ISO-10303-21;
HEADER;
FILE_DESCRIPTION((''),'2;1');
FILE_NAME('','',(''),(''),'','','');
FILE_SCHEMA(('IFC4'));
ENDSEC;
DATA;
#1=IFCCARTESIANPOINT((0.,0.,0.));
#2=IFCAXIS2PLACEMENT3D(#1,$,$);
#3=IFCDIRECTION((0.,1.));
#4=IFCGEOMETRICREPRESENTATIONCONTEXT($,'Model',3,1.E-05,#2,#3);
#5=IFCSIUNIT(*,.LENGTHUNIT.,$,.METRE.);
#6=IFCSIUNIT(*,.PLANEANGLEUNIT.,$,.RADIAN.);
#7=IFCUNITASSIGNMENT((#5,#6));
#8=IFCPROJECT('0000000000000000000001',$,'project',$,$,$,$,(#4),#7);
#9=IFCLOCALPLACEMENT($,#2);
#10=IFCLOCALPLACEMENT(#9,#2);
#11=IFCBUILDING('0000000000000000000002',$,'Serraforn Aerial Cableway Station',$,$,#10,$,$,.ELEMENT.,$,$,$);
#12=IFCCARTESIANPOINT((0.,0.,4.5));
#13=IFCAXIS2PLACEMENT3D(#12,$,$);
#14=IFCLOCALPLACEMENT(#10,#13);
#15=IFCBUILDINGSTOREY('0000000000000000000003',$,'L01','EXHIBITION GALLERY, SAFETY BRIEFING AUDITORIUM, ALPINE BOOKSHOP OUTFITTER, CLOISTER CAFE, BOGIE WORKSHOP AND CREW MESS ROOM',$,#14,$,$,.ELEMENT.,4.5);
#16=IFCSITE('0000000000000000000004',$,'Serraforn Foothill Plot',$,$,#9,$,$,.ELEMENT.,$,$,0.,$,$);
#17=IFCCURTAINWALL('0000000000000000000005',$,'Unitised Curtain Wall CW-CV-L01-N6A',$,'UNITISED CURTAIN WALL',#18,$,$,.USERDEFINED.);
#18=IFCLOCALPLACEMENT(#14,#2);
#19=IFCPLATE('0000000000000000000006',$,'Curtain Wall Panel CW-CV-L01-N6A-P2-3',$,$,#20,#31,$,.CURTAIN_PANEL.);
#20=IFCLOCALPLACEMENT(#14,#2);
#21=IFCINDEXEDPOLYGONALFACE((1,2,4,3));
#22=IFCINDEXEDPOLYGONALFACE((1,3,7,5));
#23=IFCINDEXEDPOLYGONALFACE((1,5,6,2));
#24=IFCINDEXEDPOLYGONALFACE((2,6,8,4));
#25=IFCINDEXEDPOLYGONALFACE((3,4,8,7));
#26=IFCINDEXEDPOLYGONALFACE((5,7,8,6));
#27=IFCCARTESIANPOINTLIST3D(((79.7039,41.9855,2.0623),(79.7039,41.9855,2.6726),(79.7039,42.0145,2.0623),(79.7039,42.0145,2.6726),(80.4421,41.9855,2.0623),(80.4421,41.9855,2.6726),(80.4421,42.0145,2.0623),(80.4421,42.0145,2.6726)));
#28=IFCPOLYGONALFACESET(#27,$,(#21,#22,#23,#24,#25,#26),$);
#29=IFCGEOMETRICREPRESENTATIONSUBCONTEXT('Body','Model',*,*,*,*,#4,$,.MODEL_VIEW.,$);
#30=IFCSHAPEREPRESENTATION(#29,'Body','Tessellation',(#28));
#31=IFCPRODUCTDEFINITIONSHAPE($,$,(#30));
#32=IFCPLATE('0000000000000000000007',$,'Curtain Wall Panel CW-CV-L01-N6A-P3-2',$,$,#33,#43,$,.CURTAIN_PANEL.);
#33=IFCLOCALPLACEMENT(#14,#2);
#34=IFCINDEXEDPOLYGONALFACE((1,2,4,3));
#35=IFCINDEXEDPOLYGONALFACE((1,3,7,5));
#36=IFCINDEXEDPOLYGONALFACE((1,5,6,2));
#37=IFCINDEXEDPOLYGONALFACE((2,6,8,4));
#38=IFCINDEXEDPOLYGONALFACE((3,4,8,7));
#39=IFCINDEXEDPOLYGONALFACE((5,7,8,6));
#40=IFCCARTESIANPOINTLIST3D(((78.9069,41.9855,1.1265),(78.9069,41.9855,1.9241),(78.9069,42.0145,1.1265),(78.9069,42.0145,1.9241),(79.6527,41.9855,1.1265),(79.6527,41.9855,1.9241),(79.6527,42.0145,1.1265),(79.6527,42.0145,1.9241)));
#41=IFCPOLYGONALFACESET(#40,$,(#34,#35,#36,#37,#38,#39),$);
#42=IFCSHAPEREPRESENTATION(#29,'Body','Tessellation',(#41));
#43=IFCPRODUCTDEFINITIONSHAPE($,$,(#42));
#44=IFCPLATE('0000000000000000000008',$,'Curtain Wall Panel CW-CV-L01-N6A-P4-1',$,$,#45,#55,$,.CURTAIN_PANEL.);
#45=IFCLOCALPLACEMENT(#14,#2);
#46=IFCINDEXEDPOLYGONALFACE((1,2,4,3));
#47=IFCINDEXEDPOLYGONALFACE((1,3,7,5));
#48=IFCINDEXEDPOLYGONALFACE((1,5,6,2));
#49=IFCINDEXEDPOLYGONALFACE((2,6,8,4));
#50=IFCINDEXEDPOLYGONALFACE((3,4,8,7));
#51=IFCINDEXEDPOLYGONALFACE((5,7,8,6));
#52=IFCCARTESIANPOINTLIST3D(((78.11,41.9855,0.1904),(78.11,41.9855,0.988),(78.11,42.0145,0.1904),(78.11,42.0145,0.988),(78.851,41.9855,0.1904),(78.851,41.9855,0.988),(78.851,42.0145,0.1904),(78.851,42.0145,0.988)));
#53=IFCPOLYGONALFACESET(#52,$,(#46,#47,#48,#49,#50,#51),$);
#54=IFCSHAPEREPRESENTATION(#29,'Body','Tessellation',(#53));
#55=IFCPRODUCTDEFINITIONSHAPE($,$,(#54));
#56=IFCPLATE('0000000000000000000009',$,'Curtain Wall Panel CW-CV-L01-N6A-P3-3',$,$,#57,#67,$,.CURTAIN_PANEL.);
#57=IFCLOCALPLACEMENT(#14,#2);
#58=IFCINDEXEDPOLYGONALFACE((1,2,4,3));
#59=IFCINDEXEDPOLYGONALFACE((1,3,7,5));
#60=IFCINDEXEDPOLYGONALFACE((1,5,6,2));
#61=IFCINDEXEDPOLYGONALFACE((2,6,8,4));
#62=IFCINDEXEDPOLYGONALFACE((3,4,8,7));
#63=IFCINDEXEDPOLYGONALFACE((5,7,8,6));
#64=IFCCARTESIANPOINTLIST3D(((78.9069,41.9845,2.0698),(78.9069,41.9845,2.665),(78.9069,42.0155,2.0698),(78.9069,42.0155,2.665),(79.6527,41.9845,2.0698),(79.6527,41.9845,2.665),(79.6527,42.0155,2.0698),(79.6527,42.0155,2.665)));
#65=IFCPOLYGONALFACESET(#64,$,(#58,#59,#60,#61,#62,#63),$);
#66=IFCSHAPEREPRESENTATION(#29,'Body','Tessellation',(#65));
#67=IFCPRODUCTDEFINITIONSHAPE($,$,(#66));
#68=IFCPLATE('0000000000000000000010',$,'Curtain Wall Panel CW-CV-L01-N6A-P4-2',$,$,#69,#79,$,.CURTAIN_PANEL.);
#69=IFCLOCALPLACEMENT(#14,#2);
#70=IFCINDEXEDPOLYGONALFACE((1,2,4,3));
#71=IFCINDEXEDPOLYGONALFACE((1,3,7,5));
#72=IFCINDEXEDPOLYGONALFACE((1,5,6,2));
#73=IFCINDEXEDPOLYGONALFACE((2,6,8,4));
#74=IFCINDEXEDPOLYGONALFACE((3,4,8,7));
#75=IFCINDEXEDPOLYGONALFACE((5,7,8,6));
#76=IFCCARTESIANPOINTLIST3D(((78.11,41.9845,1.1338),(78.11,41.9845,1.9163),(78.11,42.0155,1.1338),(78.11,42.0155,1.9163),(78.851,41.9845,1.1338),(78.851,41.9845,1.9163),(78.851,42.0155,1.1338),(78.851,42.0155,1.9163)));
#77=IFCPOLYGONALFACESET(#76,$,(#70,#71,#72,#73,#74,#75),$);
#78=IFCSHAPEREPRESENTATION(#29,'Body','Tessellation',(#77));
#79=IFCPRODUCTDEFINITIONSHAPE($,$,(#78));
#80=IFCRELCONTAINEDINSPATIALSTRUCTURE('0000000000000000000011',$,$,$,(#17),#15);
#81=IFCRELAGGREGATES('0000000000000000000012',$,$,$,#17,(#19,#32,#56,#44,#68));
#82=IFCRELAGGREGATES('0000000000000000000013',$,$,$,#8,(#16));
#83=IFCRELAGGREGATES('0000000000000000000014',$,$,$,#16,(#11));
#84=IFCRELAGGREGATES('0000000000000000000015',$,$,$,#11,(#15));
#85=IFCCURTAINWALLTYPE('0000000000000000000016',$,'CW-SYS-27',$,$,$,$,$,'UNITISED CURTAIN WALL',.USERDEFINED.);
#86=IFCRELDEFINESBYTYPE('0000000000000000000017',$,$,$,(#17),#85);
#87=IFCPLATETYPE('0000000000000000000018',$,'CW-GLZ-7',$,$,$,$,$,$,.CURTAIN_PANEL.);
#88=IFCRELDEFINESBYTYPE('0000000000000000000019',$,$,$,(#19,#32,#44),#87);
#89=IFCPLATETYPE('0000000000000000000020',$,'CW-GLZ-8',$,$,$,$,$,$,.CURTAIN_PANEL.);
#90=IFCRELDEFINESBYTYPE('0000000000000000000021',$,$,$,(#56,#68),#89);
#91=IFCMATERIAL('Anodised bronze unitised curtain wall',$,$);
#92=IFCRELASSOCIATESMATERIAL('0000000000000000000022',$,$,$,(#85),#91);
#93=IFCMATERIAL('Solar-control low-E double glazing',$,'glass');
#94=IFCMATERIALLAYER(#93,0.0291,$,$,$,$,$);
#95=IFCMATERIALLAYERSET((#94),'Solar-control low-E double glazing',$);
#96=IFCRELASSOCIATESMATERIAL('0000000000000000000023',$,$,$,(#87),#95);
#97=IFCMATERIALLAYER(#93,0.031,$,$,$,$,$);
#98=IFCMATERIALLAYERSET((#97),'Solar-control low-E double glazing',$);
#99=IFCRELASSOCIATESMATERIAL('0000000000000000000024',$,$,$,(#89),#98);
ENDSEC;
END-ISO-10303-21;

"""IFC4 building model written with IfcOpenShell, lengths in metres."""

from ifc_helpers import new_model, si_unit, direction, frame, origin, origin_2d, place, context, subcontext, project, spatial, rectangle, extrude, material, layer, layer_set, type_object, element, aggregate, save


model = new_model("IFC4")

# Units and contexts
model_context = context("Model", 3, precision=1e-05, world=origin(), true_north=direction((0.0, 1.0)))
body_context = subcontext(model_context, "Body", "Model", "MODEL_VIEW")
ifc_project = project(units=[si_unit("LENGTHUNIT", "METRE"), si_unit("PLANEANGLEUNIT", "RADIAN")], contexts=[model_context])

# Site, building, storey
site_placement = place(None, origin())
site = spatial("IfcSite", under=ifc_project, at=site_placement, Name="Serraforn Foothill Plot", CompositionType="ELEMENT", RefElevation=0.0)
building_placement = place(site_placement, origin())
building = spatial("IfcBuilding", under=site, at=building_placement, Name="Serraforn Aerial Cableway Station", CompositionType="ELEMENT")
storey_placement = place(building_placement, frame((0.0, 0.0, 4.5)))
storey = spatial("IfcBuildingStorey", under=building, at=storey_placement, Name="L01", Description="EXHIBITION GALLERY, SAFETY BRIEFING AUDITORIUM, ALPINE BOOKSHOP OUTFITTER, CLOISTER CAFE, BOGIE WORKSHOP AND CREW MESS ROOM", CompositionType="ELEMENT", Elevation=4.5)

# Curtain wall, plates
ifc_material_1 = material(Name="Anodised bronze unitised curtain wall")
curtain_wall_type = type_object("IfcCurtainWallType", Name="CW-SYS-27", ElementType="UNITISED CURTAIN WALL", PredefinedType="USERDEFINED", material=ifc_material_1)
curtain_wall_placement = place(storey_placement, origin())
curtain_wall = element("IfcCurtainWall", 1, at=curtain_wall_placement, inside=storey, type_object=curtain_wall_type, Name="Unitised Curtain Wall CW-CV-L01-N6A", ObjectType="UNITISED CURTAIN WALL", PredefinedType="USERDEFINED")
ifc_material_2 = material(Name="Solar-control low-E double glazing", Category="glass")
ifc_layer_1 = layer(ifc_material_2, 0.0291)
ifc_layer_set_1 = layer_set([ifc_layer_1], Name="Solar-control low-E double glazing")
plate_type_1 = type_object("IfcPlateType", Name="CW-GLZ-7", PredefinedType="CURTAIN_PANEL", material=ifc_layer_set_1)
plate_1_placement = place(storey_placement, frame((80.073, 42.0, 2.0623), z_axis=(0.0, 0.0, 1.0), x_axis=(1.0, 0.0, 0.0)))
plate_1 = element("IfcPlate", 2, at=plate_1_placement, type_object=plate_type_1, Name="Curtain Wall Panel CW-CV-L01-N6A-P2-3", PredefinedType="CURTAIN_PANEL", context=body_context, shape_type="SweptSolid", body=[
    extrude(rectangle(XDim=0.7383, YDim=0.0291, at=origin_2d()), origin(), (0.0, 0.0, 1.0), 0.6104),
])
plate_2_placement = place(storey_placement, frame((79.2798, 42.0, 1.1265), z_axis=(0.0, 0.0, 1.0), x_axis=(1.0, 0.0, 0.0)))
plate_2 = element("IfcPlate", 3, at=plate_2_placement, type_object=plate_type_1, Name="Curtain Wall Panel CW-CV-L01-N6A-P3-2", PredefinedType="CURTAIN_PANEL", context=body_context, shape_type="SweptSolid", body=[
    extrude(rectangle(XDim=0.7458, YDim=0.0291, at=origin_2d()), origin(), (0.0, 0.0, 1.0), 0.7976),
])
plate_3_placement = place(storey_placement, frame((78.4805, 42.0, 0.1904), z_axis=(0.0, 0.0, 1.0), x_axis=(1.0, 0.0, 0.0)))
plate_3 = element("IfcPlate", 4, at=plate_3_placement, type_object=plate_type_1, Name="Curtain Wall Panel CW-CV-L01-N6A-P4-1", PredefinedType="CURTAIN_PANEL", context=body_context, shape_type="SweptSolid", body=[
    extrude(rectangle(XDim=0.741, YDim=0.0291, at=origin_2d()), origin(), (0.0, 0.0, 1.0), 0.7976),
])
ifc_layer_2 = layer(ifc_material_2, 0.031)
ifc_layer_set_2 = layer_set([ifc_layer_2], Name="Solar-control low-E double glazing")
plate_type_2 = type_object("IfcPlateType", Name="CW-GLZ-8", PredefinedType="CURTAIN_PANEL", material=ifc_layer_set_2)
plate_4_placement = place(storey_placement, frame((79.2798, 42.0, 2.0698), z_axis=(0.0, 0.0, 1.0), x_axis=(1.0, 0.0, 0.0)))
plate_4 = element("IfcPlate", 5, at=plate_4_placement, type_object=plate_type_2, Name="Curtain Wall Panel CW-CV-L01-N6A-P3-3", PredefinedType="CURTAIN_PANEL", context=body_context, shape_type="SweptSolid", body=[
    extrude(rectangle(XDim=0.7458, YDim=0.031, at=origin_2d()), origin(), (0.0, 0.0, 1.0), 0.5952),
])
plate_5_placement = place(storey_placement, frame((78.4805, 42.0, 1.1338), z_axis=(0.0, 0.0, 1.0), x_axis=(1.0, 0.0, 0.0)))
plate_5 = element("IfcPlate", 6, at=plate_5_placement, type_object=plate_type_2, Name="Curtain Wall Panel CW-CV-L01-N6A-P4-2", PredefinedType="CURTAIN_PANEL", context=body_context, shape_type="SweptSolid", body=[
    extrude(rectangle(XDim=0.741, YDim=0.031, at=origin_2d()), origin(), (0.0, 0.0, 1.0), 0.7825),
])
aggregate(curtain_wall, [plate_1, plate_2, plate_4, plate_3, plate_5])

save(model, "model.ifc")
